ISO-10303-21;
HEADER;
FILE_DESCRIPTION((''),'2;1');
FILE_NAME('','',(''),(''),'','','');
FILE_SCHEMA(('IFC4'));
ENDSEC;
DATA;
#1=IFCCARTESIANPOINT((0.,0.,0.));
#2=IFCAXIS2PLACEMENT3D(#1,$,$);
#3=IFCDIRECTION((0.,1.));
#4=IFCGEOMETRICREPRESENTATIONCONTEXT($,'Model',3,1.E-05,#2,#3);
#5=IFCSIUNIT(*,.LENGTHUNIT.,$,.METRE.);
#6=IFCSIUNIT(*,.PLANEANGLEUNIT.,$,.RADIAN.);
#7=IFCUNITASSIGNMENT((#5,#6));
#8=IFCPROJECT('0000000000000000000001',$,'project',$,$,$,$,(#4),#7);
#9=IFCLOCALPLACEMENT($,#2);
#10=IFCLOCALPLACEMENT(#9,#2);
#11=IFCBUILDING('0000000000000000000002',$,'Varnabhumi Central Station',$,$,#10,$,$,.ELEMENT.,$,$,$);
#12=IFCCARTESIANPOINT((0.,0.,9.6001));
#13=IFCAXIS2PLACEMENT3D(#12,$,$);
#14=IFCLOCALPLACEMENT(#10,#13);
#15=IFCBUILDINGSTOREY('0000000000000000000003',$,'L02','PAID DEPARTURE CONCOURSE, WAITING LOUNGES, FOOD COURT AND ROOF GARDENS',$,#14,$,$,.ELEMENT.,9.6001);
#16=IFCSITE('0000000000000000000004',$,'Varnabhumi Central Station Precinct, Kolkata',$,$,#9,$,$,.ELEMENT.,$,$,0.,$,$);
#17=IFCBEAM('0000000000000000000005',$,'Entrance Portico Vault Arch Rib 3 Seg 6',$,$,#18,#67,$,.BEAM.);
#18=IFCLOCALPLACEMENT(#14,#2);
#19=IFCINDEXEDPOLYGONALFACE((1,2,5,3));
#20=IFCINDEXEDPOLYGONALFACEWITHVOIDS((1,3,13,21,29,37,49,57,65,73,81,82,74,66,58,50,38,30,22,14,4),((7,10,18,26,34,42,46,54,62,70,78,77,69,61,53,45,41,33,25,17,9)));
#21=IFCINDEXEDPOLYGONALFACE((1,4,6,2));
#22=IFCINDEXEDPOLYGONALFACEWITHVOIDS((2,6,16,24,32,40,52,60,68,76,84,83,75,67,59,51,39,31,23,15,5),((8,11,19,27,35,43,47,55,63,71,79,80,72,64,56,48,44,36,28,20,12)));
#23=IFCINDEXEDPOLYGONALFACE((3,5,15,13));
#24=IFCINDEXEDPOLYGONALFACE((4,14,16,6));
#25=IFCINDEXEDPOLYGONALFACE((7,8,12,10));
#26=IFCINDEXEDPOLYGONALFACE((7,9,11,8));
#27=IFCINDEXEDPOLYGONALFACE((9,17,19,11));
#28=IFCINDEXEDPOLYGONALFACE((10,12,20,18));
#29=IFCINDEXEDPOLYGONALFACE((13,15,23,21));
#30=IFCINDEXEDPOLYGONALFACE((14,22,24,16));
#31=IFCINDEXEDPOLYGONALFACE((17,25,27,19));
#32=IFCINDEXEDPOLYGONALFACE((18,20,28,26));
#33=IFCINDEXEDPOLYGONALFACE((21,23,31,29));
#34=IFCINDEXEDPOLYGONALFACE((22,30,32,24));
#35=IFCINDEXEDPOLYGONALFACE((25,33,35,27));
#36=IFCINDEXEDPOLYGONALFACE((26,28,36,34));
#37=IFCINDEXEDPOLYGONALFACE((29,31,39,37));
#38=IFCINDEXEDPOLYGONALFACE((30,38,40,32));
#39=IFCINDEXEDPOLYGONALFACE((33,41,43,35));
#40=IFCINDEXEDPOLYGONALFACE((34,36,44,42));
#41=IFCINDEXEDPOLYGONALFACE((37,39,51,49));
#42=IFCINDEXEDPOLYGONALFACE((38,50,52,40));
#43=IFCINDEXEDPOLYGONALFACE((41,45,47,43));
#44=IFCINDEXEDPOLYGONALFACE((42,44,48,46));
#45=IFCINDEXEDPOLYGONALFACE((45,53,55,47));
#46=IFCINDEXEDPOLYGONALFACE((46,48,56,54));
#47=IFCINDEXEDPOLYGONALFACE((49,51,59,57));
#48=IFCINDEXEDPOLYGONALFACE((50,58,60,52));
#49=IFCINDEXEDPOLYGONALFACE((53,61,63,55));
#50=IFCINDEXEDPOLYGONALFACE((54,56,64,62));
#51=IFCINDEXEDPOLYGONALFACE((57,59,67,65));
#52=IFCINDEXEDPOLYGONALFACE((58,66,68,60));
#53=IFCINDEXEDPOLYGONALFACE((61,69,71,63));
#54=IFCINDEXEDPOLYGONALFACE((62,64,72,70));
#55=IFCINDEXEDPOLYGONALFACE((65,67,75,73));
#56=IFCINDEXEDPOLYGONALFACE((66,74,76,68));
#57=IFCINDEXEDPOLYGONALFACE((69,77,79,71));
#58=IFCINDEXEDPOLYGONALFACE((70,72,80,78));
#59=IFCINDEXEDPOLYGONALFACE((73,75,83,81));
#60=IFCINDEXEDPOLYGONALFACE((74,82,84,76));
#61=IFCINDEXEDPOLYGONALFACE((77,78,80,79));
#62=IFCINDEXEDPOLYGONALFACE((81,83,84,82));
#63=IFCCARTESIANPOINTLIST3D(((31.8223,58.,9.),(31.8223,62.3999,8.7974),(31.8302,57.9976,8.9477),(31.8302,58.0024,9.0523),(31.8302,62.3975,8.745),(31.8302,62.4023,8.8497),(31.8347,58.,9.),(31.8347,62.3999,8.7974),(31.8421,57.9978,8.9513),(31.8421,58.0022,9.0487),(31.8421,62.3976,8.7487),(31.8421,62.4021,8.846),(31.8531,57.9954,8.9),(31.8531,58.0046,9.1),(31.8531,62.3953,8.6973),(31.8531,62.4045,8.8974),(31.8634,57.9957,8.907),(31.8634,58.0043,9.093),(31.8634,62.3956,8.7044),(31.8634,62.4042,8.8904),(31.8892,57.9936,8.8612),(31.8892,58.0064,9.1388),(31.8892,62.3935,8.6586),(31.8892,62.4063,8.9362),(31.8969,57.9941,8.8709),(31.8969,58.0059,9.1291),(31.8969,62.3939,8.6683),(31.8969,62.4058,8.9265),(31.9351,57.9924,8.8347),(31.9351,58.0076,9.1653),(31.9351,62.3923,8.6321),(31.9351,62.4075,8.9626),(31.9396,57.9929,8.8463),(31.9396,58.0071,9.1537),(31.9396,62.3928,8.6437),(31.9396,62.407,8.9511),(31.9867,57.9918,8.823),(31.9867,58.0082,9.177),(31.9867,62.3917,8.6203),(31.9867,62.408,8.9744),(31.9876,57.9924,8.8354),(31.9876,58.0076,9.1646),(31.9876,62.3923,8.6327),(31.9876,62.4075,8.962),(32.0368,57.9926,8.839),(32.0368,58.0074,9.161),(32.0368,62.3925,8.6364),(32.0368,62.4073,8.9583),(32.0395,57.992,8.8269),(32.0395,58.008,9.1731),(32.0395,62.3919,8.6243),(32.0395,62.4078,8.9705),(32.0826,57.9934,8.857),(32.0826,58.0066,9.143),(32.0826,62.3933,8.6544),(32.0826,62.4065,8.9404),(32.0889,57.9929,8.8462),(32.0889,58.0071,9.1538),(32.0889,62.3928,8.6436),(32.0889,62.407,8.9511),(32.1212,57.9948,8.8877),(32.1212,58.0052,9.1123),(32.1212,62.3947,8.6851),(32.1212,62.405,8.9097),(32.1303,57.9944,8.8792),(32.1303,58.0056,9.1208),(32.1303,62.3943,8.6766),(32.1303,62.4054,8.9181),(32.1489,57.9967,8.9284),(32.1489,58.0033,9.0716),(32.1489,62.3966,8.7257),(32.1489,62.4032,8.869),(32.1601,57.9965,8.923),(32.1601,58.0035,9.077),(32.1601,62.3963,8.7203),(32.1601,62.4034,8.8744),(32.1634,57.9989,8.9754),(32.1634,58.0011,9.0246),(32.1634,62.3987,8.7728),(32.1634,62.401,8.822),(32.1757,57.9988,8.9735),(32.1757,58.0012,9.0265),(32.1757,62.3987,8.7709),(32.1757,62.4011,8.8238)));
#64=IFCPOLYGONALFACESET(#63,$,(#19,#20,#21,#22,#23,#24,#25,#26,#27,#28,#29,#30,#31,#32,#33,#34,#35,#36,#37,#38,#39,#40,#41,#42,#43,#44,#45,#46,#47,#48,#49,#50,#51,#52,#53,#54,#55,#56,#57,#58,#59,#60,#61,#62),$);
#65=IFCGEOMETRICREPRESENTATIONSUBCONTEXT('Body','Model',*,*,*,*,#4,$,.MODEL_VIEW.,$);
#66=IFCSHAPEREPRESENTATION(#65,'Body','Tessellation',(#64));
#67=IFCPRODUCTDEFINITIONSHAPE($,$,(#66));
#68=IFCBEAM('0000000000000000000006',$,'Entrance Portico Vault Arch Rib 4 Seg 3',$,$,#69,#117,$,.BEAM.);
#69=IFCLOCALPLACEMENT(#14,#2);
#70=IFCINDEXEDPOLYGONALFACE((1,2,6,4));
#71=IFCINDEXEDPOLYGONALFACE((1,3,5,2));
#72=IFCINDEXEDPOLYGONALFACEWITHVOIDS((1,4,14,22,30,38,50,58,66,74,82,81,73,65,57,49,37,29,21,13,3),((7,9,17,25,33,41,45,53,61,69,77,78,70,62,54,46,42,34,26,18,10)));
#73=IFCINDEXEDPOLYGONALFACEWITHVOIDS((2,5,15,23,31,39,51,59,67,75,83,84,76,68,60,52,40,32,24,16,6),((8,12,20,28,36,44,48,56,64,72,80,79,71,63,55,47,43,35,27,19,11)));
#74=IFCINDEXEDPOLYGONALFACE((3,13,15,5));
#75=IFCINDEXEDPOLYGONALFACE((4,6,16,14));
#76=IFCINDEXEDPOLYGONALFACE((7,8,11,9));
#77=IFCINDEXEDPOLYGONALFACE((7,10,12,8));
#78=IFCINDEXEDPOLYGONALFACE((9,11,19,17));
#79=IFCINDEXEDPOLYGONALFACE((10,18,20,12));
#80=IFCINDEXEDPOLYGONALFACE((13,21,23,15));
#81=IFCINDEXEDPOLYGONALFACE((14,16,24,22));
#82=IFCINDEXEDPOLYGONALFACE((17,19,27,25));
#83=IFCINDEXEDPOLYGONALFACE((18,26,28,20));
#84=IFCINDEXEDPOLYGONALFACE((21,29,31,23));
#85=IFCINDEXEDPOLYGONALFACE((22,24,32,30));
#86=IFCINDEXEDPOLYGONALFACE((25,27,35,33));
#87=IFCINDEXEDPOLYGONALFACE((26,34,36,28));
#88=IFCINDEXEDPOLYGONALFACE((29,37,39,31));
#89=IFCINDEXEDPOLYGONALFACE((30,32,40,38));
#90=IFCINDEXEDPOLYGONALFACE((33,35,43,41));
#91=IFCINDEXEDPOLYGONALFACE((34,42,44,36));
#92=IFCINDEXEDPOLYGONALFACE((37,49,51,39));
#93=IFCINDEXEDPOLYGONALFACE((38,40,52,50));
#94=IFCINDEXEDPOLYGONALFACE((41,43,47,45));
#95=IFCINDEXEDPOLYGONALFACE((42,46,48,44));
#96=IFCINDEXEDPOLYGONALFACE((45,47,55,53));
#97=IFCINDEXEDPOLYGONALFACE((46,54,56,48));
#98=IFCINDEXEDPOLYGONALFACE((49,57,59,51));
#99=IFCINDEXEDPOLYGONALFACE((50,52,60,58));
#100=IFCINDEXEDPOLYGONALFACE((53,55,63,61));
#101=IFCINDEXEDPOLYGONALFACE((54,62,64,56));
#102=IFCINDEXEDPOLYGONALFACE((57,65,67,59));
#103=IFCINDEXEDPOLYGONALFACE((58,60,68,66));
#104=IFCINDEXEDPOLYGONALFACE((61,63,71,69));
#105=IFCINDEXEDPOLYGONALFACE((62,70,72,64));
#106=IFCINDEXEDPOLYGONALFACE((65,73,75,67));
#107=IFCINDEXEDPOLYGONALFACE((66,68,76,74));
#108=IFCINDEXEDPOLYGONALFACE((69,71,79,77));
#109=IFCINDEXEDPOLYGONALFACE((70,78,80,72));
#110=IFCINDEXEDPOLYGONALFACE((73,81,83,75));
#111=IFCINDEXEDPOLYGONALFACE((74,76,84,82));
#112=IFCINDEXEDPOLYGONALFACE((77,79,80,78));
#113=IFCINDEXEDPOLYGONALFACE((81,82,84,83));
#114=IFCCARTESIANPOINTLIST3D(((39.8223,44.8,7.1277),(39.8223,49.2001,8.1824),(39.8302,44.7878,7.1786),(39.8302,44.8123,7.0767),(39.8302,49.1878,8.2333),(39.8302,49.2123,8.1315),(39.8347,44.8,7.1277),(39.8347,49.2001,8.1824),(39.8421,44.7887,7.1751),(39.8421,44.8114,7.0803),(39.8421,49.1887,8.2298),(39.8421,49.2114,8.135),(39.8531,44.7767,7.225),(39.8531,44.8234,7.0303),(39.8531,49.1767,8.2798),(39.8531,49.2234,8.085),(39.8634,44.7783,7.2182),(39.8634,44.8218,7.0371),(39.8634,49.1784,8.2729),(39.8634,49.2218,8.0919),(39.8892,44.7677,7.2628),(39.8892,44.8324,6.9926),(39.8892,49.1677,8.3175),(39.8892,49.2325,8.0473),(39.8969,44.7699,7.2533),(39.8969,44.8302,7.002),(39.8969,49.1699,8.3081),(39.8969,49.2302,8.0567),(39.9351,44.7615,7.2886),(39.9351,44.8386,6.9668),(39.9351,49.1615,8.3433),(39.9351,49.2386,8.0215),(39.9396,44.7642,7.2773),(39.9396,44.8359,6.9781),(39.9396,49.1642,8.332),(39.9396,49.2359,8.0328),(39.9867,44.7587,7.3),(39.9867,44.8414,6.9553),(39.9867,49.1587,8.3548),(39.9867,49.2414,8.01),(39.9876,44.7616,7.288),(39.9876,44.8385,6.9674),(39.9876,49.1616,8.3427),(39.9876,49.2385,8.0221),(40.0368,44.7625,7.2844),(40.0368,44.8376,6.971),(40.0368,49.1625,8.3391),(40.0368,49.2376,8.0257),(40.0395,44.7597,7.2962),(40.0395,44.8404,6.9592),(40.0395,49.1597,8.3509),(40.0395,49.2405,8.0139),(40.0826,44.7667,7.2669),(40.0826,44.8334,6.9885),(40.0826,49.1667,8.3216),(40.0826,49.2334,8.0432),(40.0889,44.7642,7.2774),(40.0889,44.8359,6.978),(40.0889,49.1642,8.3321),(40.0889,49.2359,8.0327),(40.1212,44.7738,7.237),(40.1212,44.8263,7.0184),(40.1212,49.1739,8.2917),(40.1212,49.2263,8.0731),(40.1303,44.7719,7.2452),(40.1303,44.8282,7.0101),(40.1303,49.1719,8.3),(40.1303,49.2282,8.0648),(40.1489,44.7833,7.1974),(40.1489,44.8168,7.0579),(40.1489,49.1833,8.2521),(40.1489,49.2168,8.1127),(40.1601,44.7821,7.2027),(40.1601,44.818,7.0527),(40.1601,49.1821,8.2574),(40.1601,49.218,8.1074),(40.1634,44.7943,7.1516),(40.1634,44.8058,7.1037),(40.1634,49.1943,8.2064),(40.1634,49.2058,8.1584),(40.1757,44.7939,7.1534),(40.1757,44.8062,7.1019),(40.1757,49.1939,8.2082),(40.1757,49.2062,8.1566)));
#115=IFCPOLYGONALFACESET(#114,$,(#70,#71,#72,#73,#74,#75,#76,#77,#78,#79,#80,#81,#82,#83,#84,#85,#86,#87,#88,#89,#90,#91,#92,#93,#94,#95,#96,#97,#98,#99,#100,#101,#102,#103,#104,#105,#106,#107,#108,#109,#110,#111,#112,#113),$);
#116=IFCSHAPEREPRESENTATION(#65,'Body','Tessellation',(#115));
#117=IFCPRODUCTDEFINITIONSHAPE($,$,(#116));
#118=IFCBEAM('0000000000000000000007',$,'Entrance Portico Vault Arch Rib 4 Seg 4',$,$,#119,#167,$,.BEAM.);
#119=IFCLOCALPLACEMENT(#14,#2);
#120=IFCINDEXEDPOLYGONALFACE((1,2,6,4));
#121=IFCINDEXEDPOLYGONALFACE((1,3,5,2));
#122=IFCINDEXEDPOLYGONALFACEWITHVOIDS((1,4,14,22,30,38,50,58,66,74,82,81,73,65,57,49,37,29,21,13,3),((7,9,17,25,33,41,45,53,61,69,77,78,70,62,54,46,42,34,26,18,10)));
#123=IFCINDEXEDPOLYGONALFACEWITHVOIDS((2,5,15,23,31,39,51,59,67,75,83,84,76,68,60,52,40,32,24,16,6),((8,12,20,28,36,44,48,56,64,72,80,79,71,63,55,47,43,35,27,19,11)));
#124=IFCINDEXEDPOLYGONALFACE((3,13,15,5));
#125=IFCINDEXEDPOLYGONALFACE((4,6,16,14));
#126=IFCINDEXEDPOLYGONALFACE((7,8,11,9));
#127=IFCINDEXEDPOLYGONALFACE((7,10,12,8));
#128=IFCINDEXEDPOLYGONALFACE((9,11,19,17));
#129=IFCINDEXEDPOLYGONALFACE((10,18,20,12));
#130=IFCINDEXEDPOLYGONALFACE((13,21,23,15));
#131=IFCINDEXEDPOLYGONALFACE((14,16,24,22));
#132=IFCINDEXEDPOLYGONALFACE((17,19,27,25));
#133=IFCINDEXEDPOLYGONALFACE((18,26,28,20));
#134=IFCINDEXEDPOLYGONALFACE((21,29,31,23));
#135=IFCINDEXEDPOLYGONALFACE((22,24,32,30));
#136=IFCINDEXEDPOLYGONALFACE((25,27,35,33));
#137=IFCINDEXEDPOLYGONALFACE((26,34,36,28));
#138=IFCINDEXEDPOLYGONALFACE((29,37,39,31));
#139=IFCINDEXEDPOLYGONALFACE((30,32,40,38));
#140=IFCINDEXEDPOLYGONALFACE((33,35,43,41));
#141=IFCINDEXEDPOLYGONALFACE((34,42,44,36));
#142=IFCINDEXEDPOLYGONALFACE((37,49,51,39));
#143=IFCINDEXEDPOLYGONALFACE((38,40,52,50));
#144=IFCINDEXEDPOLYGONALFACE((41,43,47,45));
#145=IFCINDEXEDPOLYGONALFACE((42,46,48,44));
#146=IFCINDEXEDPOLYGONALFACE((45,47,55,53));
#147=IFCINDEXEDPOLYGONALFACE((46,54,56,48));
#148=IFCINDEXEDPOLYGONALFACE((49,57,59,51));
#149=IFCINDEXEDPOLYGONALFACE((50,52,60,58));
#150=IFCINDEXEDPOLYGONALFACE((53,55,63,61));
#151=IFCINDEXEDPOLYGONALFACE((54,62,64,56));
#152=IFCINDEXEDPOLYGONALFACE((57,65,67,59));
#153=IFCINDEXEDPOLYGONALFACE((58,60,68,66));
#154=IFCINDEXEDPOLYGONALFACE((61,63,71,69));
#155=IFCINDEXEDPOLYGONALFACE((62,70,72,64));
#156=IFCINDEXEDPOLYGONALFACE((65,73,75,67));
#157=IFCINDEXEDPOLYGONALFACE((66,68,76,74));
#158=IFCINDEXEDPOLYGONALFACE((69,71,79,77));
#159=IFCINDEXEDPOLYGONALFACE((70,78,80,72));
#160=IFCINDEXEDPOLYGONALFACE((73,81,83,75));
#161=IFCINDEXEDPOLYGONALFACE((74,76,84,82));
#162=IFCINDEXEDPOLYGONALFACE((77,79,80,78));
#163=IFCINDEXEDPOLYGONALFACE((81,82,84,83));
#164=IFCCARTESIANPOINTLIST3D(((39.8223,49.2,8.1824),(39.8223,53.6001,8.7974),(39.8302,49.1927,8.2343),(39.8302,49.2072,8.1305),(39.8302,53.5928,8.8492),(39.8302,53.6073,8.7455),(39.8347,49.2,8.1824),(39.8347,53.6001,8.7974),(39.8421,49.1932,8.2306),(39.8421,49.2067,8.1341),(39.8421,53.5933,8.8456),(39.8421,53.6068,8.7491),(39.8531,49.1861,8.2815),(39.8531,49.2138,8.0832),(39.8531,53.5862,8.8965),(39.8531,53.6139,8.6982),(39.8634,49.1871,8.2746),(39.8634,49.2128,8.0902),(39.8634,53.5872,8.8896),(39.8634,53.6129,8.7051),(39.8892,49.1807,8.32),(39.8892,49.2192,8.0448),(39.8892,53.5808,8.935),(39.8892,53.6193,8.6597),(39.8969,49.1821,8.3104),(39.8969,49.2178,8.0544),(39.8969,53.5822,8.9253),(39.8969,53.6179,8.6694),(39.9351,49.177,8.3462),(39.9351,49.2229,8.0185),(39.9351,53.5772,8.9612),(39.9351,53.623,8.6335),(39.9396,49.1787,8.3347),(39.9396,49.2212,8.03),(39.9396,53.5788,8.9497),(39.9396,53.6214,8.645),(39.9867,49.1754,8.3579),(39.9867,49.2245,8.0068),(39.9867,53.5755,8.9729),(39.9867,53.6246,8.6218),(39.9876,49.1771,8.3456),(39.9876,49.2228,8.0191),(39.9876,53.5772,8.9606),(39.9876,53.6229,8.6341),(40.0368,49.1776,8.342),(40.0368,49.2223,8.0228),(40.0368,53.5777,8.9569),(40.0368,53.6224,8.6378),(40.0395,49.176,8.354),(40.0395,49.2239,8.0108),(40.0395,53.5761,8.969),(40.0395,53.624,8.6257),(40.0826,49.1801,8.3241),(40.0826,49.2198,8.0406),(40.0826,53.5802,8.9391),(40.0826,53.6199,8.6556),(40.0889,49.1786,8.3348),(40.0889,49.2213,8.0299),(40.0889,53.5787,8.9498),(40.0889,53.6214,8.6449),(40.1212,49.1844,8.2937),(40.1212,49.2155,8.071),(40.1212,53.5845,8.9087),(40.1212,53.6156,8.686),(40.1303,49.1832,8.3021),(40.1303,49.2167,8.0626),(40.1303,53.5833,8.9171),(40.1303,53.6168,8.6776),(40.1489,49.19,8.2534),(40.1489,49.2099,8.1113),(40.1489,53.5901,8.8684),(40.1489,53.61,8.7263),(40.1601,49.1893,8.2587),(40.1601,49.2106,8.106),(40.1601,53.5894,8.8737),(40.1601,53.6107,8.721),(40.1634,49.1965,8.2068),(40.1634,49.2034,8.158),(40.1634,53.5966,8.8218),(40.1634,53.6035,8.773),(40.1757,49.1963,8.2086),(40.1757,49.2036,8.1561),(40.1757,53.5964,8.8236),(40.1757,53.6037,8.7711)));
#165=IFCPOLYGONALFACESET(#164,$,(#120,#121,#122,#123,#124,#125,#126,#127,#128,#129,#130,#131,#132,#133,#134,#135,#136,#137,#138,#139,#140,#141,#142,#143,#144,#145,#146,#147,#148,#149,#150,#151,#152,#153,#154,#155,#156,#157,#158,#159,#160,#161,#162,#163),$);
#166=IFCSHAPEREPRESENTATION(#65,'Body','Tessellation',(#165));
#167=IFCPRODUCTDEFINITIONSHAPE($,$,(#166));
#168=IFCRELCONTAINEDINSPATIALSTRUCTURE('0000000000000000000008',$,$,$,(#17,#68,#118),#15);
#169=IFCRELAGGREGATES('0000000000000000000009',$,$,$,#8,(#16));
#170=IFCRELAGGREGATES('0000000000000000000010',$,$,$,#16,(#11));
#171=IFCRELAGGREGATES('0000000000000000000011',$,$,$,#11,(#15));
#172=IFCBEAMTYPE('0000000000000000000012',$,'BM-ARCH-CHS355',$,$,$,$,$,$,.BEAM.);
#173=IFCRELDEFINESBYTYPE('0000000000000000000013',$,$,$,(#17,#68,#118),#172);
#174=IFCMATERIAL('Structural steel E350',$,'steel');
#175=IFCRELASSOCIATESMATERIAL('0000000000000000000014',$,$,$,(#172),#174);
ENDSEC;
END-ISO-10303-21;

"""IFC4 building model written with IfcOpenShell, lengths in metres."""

from ifc_helpers import new_model, si_unit, direction, frame, origin, origin_2d, place, context, subcontext, project, spatial, hollow_circle, extrude, material, material_profile, profile_set, type_object, element, save


model = new_model("IFC4")

# Units and contexts
model_context = context("Model", 3, precision=1e-05, world=origin(), true_north=direction((0.0, 1.0)))
body_context = subcontext(model_context, "Body", "Model", "MODEL_VIEW")
ifc_project = project(units=[si_unit("LENGTHUNIT", "METRE"), si_unit("PLANEANGLEUNIT", "RADIAN")], contexts=[model_context])

# Site, building, storey
site_placement = place(None, origin())
site = spatial("IfcSite", under=ifc_project, at=site_placement, Name="Varnabhumi Central Station Precinct, Kolkata", CompositionType="ELEMENT", RefElevation=0.0)
building_placement = place(site_placement, origin())
building = spatial("IfcBuilding", under=site, at=building_placement, Name="Varnabhumi Central Station", CompositionType="ELEMENT")
storey_placement = place(building_placement, frame((0.0, 0.0, 9.6001)))
storey = spatial("IfcBuildingStorey", under=building, at=storey_placement, Name="L02", Description="PAID DEPARTURE CONCOURSE, WAITING LOUNGES, FOOD COURT AND ROOF GARDENS", CompositionType="ELEMENT", Elevation=9.6001)

# Beams
ifc_material_1 = material(Name="Structural steel E350", Category="steel")
ifc_material_profile_1 = material_profile(ifc_material_1, hollow_circle(Radius=0.1777, WallThickness=0.0125, at=origin_2d()), Name="Structural steel E350", Category="steel")
ifc_profile_set_1 = profile_set([ifc_material_profile_1], Name="Structural steel E350")
beam_type_1 = type_object("IfcBeamType", Name="BM-ARCH-CHS355", PredefinedType="BEAM", material=ifc_profile_set_1)
beam_1_placement = place(storey_placement, frame((32.0, 58.0, 9.0), z_axis=(0.0, 0.998941, -0.046006), x_axis=(-1.0, 0.0, 0.0)))
element("IfcBeam", 1, at=beam_1_placement, inside=storey, type_object=beam_type_1, Name="Entrance Portico Vault Arch Rib 3 Seg 6", PredefinedType="BEAM", context=body_context, shape_type="SweptSolid", body=[
    extrude(hollow_circle(Radius=0.1777, WallThickness=0.0125, at=origin_2d()), origin(), (0.0, 0.0, 1.0), 4.4045),
])
beam_2_placement = place(storey_placement, frame((40.0, 44.8, 7.1277), z_axis=(0.0, 0.972452, 0.233104), x_axis=(-1.0, 0.0, 0.0)))
element("IfcBeam", 2, at=beam_2_placement, inside=storey, type_object=beam_type_1, Name="Entrance Portico Vault Arch Rib 4 Seg 3", PredefinedType="BEAM", context=body_context, shape_type="SweptSolid", body=[
    extrude(hollow_circle(Radius=0.1777, WallThickness=0.0125, at=origin_2d()), origin(), (0.0, 0.0, 1.0), 4.5247),
])
beam_3_placement = place(storey_placement, frame((40.0, 49.2, 8.1824), z_axis=(0.0, 0.990374, 0.13842), x_axis=(-1.0, 0.0, 0.0)))
element("IfcBeam", 3, at=beam_3_placement, inside=storey, type_object=beam_type_1, Name="Entrance Portico Vault Arch Rib 4 Seg 4", PredefinedType="BEAM", context=body_context, shape_type="SweptSolid", body=[
    extrude(hollow_circle(Radius=0.1777, WallThickness=0.0125, at=origin_2d()), origin(), (0.0, 0.0, 1.0), 4.4429),
])

save(model, "model.ifc")
